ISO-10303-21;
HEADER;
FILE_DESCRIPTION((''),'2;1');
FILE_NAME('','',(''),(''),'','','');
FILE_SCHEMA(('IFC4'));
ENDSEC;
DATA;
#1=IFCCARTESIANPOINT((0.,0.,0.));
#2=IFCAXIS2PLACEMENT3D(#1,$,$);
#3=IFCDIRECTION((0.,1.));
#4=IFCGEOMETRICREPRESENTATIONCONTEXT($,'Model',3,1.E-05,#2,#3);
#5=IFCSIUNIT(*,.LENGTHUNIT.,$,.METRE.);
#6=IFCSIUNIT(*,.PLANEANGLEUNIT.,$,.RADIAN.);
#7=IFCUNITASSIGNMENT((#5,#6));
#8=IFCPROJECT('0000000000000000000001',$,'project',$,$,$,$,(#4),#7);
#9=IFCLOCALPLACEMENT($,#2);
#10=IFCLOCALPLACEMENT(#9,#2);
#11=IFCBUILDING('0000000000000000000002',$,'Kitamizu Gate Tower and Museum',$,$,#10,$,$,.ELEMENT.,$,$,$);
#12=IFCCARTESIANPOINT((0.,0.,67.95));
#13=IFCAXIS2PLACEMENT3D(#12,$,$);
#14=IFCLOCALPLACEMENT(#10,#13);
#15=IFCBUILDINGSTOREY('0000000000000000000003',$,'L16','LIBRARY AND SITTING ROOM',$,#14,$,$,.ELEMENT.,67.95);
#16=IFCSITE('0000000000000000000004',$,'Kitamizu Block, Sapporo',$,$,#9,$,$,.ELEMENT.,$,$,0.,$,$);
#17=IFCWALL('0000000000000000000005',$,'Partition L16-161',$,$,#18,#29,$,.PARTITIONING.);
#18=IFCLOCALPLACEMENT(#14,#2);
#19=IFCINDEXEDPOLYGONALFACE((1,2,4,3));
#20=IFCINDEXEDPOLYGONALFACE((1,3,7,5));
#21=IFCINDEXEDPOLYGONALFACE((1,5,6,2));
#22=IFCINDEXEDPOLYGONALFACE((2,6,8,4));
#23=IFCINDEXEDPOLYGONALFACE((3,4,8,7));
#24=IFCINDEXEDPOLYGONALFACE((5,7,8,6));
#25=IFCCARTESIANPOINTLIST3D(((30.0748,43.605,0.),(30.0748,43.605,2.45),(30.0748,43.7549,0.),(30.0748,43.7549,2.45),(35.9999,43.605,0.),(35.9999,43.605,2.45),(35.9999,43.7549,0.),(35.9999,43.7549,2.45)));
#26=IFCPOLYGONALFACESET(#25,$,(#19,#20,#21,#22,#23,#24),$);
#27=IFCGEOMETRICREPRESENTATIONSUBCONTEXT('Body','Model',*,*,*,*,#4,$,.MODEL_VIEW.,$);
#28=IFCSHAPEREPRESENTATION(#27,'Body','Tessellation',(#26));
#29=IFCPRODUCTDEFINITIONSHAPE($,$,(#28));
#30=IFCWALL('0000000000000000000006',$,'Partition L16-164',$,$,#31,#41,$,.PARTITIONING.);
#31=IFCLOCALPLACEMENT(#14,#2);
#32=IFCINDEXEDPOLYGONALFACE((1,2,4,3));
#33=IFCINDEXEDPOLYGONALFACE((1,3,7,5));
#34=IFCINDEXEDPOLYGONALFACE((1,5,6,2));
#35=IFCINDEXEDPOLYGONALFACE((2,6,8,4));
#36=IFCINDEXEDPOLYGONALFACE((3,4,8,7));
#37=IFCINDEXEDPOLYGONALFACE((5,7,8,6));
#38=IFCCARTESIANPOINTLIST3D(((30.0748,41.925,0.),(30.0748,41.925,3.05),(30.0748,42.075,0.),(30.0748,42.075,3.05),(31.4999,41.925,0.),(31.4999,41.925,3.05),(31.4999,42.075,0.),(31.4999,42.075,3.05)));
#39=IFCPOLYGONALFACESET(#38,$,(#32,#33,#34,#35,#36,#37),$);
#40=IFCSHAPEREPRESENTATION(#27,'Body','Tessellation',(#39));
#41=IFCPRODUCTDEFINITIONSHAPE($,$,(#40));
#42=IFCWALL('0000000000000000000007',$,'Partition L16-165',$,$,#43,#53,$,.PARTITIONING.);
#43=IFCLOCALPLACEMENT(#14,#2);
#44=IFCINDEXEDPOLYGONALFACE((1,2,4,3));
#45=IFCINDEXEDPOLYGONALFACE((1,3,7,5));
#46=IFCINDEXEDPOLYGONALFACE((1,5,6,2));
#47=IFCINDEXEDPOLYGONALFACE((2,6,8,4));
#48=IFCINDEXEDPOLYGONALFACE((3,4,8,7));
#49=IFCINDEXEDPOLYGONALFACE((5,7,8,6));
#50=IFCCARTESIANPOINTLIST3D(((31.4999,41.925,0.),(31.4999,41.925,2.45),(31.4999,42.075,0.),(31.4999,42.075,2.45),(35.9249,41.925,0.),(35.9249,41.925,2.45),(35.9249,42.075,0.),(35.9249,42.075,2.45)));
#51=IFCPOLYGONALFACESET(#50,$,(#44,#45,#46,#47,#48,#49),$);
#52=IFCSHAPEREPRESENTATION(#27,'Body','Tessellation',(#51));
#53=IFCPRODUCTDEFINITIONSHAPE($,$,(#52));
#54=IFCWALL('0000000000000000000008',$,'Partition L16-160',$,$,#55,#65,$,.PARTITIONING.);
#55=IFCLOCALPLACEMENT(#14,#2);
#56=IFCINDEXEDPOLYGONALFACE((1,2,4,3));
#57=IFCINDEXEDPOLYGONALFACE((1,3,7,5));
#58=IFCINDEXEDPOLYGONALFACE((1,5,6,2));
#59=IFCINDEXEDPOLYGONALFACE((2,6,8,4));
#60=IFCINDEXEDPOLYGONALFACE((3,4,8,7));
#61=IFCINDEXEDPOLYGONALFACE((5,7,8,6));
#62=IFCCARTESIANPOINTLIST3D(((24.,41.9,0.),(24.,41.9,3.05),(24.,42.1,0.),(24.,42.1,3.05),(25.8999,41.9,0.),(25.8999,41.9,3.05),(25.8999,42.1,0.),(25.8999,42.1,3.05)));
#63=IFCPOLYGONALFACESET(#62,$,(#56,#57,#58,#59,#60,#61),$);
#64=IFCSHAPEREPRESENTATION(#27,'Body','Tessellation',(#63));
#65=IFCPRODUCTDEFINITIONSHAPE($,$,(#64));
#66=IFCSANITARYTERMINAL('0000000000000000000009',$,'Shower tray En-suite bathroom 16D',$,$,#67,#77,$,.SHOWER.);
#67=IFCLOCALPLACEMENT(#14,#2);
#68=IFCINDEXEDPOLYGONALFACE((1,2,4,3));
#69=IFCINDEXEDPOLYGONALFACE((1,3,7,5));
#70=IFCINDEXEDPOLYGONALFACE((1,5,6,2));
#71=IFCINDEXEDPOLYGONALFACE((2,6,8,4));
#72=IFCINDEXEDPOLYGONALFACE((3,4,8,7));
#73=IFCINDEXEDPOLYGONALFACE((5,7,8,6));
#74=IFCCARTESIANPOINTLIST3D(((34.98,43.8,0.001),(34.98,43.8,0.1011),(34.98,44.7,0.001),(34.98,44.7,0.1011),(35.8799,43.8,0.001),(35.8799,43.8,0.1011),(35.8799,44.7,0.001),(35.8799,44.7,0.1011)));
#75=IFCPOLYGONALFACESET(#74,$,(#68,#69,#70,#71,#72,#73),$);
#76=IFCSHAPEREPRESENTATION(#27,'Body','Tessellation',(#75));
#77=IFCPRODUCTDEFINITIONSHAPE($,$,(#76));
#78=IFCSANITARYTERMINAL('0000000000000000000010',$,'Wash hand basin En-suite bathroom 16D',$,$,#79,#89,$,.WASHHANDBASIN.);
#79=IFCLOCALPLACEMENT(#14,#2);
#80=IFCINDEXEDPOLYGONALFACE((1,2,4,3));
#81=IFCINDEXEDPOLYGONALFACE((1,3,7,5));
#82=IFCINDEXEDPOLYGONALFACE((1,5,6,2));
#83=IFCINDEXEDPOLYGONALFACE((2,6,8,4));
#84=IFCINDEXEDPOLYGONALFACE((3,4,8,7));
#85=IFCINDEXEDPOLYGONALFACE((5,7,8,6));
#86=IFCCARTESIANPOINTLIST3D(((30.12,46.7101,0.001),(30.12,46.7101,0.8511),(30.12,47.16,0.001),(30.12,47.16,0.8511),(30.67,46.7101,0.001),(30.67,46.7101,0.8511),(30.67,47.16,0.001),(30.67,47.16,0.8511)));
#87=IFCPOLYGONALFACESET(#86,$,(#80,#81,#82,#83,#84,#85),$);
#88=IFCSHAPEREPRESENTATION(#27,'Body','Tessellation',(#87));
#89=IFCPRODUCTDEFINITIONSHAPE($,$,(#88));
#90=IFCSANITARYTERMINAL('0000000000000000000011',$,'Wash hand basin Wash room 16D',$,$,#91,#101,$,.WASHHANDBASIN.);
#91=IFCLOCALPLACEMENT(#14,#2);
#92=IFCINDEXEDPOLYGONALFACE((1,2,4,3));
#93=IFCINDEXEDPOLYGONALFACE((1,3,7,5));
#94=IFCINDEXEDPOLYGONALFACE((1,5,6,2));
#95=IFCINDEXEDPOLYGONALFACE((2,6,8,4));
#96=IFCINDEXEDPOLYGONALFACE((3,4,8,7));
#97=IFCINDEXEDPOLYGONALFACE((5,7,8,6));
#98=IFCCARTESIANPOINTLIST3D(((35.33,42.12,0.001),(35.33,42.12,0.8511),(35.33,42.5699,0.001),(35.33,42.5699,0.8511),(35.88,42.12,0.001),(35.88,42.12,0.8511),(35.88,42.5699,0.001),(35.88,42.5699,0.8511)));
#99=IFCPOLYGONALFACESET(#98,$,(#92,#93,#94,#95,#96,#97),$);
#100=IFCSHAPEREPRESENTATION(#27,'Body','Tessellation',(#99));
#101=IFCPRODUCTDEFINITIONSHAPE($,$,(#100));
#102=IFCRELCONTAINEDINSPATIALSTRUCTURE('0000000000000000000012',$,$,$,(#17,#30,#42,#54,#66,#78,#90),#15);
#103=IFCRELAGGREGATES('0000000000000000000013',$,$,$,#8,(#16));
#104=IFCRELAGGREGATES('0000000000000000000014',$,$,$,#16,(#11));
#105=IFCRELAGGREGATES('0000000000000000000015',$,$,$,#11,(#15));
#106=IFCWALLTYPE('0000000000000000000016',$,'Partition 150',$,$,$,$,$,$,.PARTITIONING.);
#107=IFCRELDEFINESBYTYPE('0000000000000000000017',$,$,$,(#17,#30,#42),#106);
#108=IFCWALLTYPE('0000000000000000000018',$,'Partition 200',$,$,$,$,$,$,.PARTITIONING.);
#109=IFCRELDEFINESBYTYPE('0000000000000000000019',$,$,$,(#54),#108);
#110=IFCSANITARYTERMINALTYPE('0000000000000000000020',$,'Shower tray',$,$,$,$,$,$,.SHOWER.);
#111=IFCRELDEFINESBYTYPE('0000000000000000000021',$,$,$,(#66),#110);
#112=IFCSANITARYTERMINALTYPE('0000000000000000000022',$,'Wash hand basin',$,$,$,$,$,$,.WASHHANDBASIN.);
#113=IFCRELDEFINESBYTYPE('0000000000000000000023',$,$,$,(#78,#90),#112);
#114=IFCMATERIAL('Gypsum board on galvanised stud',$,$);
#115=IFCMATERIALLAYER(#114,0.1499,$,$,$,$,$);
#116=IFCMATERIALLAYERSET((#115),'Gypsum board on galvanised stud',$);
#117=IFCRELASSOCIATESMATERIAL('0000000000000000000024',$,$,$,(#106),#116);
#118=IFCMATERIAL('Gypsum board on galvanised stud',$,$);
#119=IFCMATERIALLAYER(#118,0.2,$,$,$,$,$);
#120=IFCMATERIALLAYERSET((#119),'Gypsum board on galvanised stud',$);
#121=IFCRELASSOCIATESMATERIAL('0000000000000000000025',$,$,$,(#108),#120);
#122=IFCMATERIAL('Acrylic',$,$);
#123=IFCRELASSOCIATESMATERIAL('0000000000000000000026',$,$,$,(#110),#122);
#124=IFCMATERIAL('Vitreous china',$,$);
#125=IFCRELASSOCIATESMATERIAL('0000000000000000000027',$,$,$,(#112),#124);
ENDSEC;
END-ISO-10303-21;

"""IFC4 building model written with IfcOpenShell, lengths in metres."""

from ifc_helpers import new_model, si_unit, direction, frame, frame_2d, origin, origin_2d, place, context, subcontext, project, spatial, rectangle, extrude, material, layer, layer_set, type_object, element, save


model = new_model("IFC4")

# Units and contexts
model_context = context("Model", 3, precision=1e-05, world=origin(), true_north=direction((0.0, 1.0)))
body_context = subcontext(model_context, "Body", "Model", "MODEL_VIEW")
ifc_project = project(units=[si_unit("LENGTHUNIT", "METRE"), si_unit("PLANEANGLEUNIT", "RADIAN")], contexts=[model_context])

# Site, building, storey
site_placement = place(None, origin())
site = spatial("IfcSite", under=ifc_project, at=site_placement, Name="Kitamizu Block, Sapporo", CompositionType="ELEMENT", RefElevation=0.0)
building_placement = place(site_placement, origin())
building = spatial("IfcBuilding", under=site, at=building_placement, Name="Kitamizu Gate Tower and Museum", CompositionType="ELEMENT")
storey_placement = place(building_placement, frame((0.0, 0.0, 67.95)))
storey = spatial("IfcBuildingStorey", under=building, at=storey_placement, Name="L16", Description="LIBRARY AND SITTING ROOM", CompositionType="ELEMENT", Elevation=67.95)

# Shared definitions
ifc_material_1 = material(Name="Gypsum board on galvanised stud")
ifc_layer_1 = layer(ifc_material_1, 0.1499)
ifc_layer_set_1 = layer_set([ifc_layer_1], Name="Gypsum board on galvanised stud")
wall_type_1 = type_object("IfcWallType", Name="Partition 150", PredefinedType="PARTITIONING", material=ifc_layer_set_1)

# Walls
wall_1_placement = place(storey_placement, frame((30.075, 43.6799, 0.0), z_axis=(0.0, 0.0, 1.0), x_axis=(1.0, 0.0, 0.0)))
element("IfcWall", 1, at=wall_1_placement, inside=storey, type_object=wall_type_1, Name="Partition L16-161", PredefinedType="PARTITIONING", context=body_context, shape_type="SweptSolid", body=[
    extrude(rectangle(XDim=5.925, YDim=0.1499, at=frame_2d((2.9624, 0.0))), origin(), (0.0, 0.0, 1.0), 2.45),
])
wall_2_placement = place(storey_placement, frame((30.075, 42.0, 0.0), z_axis=(0.0, 0.0, 1.0), x_axis=(1.0, 0.0, 0.0)))
element("IfcWall", 2, at=wall_2_placement, inside=storey, type_object=wall_type_1, Name="Partition L16-164", PredefinedType="PARTITIONING", context=body_context, shape_type="SweptSolid", body=[
    extrude(rectangle(XDim=1.425, YDim=0.1499, at=frame_2d((0.7124, 0.0))), origin(), (0.0, 0.0, 1.0), 3.05),
])
wall_3_placement = place(storey_placement, frame((31.5, 42.0, 0.0), z_axis=(0.0, 0.0, 1.0), x_axis=(1.0, 0.0, 0.0)))
element("IfcWall", 3, at=wall_3_placement, inside=storey, type_object=wall_type_1, Name="Partition L16-165", PredefinedType="PARTITIONING", context=body_context, shape_type="SweptSolid", body=[
    extrude(rectangle(XDim=4.425, YDim=0.1499, at=frame_2d((2.2124, 0.0))), origin(), (0.0, 0.0, 1.0), 2.45),
])
ifc_material_2 = material(Name="Gypsum board on galvanised stud")
ifc_layer_2 = layer(ifc_material_2, 0.2)
ifc_layer_set_2 = layer_set([ifc_layer_2], Name="Gypsum board on galvanised stud")
wall_type_2 = type_object("IfcWallType", Name="Partition 200", PredefinedType="PARTITIONING", material=ifc_layer_set_2)
wall_4_placement = place(storey_placement, frame((24.0, 42.0, 0.0), z_axis=(0.0, 0.0, 1.0), x_axis=(1.0, 0.0, 0.0)))
element("IfcWall", 4, at=wall_4_placement, inside=storey, type_object=wall_type_2, Name="Partition L16-160", PredefinedType="PARTITIONING", context=body_context, shape_type="SweptSolid", body=[
    extrude(rectangle(XDim=1.8999, YDim=0.2, at=frame_2d((0.95, 0.0))), origin(), (0.0, 0.0, 1.0), 3.05),
])

# Sanitary terminals
ifc_material_3 = material(Name="Acrylic")
sanitary_terminal_type_1 = type_object("IfcSanitaryTerminalType", Name="Shower tray", PredefinedType="SHOWER", material=ifc_material_3)
sanitary_terminal_placement = place(storey_placement, frame((35.4299, 44.25, 0.001), z_axis=(0.0, 0.0, 1.0), x_axis=(1.0, 0.0, 0.0)))
element("IfcSanitaryTerminal", 5, at=sanitary_terminal_placement, inside=storey, type_object=sanitary_terminal_type_1, Name="Shower tray En-suite bathroom 16D", PredefinedType="SHOWER", context=body_context, shape_type="SweptSolid", body=[
    extrude(rectangle(XDim=0.8999, YDim=0.8999, at=origin_2d()), origin(), (0.0, 0.0, 1.0), 0.1001),
])
ifc_material_4 = material(Name="Vitreous china")
sanitary_terminal_type_2 = type_object("IfcSanitaryTerminalType", Name="Wash hand basin", PredefinedType="WASHHANDBASIN", material=ifc_material_4)
for number, where, z_axis, x_axis, name in (
    (6, (30.395, 46.9351, 0.001), (0.0, 0.0, 1.0), (1.0, 0.0, 0.0), "Wash hand basin En-suite bathroom 16D"),
    (7, (35.605, 42.345, 0.001), (0.0, 0.0, 1.0), (1.0, 0.0, 0.0), "Wash hand basin Wash room 16D"),
):
    element("IfcSanitaryTerminal", number, at=place(storey_placement, frame(where, z_axis=z_axis, x_axis=x_axis)), inside=storey, type_object=sanitary_terminal_type_2, Name=name, PredefinedType="WASHHANDBASIN", context=body_context, shape_type="SweptSolid", body=[
        extrude(rectangle(XDim=0.55, YDim=0.45, at=origin_2d()), origin(), (0.0, 0.0, 1.0), 0.8501),
    ])

save(model, "model.ifc")
